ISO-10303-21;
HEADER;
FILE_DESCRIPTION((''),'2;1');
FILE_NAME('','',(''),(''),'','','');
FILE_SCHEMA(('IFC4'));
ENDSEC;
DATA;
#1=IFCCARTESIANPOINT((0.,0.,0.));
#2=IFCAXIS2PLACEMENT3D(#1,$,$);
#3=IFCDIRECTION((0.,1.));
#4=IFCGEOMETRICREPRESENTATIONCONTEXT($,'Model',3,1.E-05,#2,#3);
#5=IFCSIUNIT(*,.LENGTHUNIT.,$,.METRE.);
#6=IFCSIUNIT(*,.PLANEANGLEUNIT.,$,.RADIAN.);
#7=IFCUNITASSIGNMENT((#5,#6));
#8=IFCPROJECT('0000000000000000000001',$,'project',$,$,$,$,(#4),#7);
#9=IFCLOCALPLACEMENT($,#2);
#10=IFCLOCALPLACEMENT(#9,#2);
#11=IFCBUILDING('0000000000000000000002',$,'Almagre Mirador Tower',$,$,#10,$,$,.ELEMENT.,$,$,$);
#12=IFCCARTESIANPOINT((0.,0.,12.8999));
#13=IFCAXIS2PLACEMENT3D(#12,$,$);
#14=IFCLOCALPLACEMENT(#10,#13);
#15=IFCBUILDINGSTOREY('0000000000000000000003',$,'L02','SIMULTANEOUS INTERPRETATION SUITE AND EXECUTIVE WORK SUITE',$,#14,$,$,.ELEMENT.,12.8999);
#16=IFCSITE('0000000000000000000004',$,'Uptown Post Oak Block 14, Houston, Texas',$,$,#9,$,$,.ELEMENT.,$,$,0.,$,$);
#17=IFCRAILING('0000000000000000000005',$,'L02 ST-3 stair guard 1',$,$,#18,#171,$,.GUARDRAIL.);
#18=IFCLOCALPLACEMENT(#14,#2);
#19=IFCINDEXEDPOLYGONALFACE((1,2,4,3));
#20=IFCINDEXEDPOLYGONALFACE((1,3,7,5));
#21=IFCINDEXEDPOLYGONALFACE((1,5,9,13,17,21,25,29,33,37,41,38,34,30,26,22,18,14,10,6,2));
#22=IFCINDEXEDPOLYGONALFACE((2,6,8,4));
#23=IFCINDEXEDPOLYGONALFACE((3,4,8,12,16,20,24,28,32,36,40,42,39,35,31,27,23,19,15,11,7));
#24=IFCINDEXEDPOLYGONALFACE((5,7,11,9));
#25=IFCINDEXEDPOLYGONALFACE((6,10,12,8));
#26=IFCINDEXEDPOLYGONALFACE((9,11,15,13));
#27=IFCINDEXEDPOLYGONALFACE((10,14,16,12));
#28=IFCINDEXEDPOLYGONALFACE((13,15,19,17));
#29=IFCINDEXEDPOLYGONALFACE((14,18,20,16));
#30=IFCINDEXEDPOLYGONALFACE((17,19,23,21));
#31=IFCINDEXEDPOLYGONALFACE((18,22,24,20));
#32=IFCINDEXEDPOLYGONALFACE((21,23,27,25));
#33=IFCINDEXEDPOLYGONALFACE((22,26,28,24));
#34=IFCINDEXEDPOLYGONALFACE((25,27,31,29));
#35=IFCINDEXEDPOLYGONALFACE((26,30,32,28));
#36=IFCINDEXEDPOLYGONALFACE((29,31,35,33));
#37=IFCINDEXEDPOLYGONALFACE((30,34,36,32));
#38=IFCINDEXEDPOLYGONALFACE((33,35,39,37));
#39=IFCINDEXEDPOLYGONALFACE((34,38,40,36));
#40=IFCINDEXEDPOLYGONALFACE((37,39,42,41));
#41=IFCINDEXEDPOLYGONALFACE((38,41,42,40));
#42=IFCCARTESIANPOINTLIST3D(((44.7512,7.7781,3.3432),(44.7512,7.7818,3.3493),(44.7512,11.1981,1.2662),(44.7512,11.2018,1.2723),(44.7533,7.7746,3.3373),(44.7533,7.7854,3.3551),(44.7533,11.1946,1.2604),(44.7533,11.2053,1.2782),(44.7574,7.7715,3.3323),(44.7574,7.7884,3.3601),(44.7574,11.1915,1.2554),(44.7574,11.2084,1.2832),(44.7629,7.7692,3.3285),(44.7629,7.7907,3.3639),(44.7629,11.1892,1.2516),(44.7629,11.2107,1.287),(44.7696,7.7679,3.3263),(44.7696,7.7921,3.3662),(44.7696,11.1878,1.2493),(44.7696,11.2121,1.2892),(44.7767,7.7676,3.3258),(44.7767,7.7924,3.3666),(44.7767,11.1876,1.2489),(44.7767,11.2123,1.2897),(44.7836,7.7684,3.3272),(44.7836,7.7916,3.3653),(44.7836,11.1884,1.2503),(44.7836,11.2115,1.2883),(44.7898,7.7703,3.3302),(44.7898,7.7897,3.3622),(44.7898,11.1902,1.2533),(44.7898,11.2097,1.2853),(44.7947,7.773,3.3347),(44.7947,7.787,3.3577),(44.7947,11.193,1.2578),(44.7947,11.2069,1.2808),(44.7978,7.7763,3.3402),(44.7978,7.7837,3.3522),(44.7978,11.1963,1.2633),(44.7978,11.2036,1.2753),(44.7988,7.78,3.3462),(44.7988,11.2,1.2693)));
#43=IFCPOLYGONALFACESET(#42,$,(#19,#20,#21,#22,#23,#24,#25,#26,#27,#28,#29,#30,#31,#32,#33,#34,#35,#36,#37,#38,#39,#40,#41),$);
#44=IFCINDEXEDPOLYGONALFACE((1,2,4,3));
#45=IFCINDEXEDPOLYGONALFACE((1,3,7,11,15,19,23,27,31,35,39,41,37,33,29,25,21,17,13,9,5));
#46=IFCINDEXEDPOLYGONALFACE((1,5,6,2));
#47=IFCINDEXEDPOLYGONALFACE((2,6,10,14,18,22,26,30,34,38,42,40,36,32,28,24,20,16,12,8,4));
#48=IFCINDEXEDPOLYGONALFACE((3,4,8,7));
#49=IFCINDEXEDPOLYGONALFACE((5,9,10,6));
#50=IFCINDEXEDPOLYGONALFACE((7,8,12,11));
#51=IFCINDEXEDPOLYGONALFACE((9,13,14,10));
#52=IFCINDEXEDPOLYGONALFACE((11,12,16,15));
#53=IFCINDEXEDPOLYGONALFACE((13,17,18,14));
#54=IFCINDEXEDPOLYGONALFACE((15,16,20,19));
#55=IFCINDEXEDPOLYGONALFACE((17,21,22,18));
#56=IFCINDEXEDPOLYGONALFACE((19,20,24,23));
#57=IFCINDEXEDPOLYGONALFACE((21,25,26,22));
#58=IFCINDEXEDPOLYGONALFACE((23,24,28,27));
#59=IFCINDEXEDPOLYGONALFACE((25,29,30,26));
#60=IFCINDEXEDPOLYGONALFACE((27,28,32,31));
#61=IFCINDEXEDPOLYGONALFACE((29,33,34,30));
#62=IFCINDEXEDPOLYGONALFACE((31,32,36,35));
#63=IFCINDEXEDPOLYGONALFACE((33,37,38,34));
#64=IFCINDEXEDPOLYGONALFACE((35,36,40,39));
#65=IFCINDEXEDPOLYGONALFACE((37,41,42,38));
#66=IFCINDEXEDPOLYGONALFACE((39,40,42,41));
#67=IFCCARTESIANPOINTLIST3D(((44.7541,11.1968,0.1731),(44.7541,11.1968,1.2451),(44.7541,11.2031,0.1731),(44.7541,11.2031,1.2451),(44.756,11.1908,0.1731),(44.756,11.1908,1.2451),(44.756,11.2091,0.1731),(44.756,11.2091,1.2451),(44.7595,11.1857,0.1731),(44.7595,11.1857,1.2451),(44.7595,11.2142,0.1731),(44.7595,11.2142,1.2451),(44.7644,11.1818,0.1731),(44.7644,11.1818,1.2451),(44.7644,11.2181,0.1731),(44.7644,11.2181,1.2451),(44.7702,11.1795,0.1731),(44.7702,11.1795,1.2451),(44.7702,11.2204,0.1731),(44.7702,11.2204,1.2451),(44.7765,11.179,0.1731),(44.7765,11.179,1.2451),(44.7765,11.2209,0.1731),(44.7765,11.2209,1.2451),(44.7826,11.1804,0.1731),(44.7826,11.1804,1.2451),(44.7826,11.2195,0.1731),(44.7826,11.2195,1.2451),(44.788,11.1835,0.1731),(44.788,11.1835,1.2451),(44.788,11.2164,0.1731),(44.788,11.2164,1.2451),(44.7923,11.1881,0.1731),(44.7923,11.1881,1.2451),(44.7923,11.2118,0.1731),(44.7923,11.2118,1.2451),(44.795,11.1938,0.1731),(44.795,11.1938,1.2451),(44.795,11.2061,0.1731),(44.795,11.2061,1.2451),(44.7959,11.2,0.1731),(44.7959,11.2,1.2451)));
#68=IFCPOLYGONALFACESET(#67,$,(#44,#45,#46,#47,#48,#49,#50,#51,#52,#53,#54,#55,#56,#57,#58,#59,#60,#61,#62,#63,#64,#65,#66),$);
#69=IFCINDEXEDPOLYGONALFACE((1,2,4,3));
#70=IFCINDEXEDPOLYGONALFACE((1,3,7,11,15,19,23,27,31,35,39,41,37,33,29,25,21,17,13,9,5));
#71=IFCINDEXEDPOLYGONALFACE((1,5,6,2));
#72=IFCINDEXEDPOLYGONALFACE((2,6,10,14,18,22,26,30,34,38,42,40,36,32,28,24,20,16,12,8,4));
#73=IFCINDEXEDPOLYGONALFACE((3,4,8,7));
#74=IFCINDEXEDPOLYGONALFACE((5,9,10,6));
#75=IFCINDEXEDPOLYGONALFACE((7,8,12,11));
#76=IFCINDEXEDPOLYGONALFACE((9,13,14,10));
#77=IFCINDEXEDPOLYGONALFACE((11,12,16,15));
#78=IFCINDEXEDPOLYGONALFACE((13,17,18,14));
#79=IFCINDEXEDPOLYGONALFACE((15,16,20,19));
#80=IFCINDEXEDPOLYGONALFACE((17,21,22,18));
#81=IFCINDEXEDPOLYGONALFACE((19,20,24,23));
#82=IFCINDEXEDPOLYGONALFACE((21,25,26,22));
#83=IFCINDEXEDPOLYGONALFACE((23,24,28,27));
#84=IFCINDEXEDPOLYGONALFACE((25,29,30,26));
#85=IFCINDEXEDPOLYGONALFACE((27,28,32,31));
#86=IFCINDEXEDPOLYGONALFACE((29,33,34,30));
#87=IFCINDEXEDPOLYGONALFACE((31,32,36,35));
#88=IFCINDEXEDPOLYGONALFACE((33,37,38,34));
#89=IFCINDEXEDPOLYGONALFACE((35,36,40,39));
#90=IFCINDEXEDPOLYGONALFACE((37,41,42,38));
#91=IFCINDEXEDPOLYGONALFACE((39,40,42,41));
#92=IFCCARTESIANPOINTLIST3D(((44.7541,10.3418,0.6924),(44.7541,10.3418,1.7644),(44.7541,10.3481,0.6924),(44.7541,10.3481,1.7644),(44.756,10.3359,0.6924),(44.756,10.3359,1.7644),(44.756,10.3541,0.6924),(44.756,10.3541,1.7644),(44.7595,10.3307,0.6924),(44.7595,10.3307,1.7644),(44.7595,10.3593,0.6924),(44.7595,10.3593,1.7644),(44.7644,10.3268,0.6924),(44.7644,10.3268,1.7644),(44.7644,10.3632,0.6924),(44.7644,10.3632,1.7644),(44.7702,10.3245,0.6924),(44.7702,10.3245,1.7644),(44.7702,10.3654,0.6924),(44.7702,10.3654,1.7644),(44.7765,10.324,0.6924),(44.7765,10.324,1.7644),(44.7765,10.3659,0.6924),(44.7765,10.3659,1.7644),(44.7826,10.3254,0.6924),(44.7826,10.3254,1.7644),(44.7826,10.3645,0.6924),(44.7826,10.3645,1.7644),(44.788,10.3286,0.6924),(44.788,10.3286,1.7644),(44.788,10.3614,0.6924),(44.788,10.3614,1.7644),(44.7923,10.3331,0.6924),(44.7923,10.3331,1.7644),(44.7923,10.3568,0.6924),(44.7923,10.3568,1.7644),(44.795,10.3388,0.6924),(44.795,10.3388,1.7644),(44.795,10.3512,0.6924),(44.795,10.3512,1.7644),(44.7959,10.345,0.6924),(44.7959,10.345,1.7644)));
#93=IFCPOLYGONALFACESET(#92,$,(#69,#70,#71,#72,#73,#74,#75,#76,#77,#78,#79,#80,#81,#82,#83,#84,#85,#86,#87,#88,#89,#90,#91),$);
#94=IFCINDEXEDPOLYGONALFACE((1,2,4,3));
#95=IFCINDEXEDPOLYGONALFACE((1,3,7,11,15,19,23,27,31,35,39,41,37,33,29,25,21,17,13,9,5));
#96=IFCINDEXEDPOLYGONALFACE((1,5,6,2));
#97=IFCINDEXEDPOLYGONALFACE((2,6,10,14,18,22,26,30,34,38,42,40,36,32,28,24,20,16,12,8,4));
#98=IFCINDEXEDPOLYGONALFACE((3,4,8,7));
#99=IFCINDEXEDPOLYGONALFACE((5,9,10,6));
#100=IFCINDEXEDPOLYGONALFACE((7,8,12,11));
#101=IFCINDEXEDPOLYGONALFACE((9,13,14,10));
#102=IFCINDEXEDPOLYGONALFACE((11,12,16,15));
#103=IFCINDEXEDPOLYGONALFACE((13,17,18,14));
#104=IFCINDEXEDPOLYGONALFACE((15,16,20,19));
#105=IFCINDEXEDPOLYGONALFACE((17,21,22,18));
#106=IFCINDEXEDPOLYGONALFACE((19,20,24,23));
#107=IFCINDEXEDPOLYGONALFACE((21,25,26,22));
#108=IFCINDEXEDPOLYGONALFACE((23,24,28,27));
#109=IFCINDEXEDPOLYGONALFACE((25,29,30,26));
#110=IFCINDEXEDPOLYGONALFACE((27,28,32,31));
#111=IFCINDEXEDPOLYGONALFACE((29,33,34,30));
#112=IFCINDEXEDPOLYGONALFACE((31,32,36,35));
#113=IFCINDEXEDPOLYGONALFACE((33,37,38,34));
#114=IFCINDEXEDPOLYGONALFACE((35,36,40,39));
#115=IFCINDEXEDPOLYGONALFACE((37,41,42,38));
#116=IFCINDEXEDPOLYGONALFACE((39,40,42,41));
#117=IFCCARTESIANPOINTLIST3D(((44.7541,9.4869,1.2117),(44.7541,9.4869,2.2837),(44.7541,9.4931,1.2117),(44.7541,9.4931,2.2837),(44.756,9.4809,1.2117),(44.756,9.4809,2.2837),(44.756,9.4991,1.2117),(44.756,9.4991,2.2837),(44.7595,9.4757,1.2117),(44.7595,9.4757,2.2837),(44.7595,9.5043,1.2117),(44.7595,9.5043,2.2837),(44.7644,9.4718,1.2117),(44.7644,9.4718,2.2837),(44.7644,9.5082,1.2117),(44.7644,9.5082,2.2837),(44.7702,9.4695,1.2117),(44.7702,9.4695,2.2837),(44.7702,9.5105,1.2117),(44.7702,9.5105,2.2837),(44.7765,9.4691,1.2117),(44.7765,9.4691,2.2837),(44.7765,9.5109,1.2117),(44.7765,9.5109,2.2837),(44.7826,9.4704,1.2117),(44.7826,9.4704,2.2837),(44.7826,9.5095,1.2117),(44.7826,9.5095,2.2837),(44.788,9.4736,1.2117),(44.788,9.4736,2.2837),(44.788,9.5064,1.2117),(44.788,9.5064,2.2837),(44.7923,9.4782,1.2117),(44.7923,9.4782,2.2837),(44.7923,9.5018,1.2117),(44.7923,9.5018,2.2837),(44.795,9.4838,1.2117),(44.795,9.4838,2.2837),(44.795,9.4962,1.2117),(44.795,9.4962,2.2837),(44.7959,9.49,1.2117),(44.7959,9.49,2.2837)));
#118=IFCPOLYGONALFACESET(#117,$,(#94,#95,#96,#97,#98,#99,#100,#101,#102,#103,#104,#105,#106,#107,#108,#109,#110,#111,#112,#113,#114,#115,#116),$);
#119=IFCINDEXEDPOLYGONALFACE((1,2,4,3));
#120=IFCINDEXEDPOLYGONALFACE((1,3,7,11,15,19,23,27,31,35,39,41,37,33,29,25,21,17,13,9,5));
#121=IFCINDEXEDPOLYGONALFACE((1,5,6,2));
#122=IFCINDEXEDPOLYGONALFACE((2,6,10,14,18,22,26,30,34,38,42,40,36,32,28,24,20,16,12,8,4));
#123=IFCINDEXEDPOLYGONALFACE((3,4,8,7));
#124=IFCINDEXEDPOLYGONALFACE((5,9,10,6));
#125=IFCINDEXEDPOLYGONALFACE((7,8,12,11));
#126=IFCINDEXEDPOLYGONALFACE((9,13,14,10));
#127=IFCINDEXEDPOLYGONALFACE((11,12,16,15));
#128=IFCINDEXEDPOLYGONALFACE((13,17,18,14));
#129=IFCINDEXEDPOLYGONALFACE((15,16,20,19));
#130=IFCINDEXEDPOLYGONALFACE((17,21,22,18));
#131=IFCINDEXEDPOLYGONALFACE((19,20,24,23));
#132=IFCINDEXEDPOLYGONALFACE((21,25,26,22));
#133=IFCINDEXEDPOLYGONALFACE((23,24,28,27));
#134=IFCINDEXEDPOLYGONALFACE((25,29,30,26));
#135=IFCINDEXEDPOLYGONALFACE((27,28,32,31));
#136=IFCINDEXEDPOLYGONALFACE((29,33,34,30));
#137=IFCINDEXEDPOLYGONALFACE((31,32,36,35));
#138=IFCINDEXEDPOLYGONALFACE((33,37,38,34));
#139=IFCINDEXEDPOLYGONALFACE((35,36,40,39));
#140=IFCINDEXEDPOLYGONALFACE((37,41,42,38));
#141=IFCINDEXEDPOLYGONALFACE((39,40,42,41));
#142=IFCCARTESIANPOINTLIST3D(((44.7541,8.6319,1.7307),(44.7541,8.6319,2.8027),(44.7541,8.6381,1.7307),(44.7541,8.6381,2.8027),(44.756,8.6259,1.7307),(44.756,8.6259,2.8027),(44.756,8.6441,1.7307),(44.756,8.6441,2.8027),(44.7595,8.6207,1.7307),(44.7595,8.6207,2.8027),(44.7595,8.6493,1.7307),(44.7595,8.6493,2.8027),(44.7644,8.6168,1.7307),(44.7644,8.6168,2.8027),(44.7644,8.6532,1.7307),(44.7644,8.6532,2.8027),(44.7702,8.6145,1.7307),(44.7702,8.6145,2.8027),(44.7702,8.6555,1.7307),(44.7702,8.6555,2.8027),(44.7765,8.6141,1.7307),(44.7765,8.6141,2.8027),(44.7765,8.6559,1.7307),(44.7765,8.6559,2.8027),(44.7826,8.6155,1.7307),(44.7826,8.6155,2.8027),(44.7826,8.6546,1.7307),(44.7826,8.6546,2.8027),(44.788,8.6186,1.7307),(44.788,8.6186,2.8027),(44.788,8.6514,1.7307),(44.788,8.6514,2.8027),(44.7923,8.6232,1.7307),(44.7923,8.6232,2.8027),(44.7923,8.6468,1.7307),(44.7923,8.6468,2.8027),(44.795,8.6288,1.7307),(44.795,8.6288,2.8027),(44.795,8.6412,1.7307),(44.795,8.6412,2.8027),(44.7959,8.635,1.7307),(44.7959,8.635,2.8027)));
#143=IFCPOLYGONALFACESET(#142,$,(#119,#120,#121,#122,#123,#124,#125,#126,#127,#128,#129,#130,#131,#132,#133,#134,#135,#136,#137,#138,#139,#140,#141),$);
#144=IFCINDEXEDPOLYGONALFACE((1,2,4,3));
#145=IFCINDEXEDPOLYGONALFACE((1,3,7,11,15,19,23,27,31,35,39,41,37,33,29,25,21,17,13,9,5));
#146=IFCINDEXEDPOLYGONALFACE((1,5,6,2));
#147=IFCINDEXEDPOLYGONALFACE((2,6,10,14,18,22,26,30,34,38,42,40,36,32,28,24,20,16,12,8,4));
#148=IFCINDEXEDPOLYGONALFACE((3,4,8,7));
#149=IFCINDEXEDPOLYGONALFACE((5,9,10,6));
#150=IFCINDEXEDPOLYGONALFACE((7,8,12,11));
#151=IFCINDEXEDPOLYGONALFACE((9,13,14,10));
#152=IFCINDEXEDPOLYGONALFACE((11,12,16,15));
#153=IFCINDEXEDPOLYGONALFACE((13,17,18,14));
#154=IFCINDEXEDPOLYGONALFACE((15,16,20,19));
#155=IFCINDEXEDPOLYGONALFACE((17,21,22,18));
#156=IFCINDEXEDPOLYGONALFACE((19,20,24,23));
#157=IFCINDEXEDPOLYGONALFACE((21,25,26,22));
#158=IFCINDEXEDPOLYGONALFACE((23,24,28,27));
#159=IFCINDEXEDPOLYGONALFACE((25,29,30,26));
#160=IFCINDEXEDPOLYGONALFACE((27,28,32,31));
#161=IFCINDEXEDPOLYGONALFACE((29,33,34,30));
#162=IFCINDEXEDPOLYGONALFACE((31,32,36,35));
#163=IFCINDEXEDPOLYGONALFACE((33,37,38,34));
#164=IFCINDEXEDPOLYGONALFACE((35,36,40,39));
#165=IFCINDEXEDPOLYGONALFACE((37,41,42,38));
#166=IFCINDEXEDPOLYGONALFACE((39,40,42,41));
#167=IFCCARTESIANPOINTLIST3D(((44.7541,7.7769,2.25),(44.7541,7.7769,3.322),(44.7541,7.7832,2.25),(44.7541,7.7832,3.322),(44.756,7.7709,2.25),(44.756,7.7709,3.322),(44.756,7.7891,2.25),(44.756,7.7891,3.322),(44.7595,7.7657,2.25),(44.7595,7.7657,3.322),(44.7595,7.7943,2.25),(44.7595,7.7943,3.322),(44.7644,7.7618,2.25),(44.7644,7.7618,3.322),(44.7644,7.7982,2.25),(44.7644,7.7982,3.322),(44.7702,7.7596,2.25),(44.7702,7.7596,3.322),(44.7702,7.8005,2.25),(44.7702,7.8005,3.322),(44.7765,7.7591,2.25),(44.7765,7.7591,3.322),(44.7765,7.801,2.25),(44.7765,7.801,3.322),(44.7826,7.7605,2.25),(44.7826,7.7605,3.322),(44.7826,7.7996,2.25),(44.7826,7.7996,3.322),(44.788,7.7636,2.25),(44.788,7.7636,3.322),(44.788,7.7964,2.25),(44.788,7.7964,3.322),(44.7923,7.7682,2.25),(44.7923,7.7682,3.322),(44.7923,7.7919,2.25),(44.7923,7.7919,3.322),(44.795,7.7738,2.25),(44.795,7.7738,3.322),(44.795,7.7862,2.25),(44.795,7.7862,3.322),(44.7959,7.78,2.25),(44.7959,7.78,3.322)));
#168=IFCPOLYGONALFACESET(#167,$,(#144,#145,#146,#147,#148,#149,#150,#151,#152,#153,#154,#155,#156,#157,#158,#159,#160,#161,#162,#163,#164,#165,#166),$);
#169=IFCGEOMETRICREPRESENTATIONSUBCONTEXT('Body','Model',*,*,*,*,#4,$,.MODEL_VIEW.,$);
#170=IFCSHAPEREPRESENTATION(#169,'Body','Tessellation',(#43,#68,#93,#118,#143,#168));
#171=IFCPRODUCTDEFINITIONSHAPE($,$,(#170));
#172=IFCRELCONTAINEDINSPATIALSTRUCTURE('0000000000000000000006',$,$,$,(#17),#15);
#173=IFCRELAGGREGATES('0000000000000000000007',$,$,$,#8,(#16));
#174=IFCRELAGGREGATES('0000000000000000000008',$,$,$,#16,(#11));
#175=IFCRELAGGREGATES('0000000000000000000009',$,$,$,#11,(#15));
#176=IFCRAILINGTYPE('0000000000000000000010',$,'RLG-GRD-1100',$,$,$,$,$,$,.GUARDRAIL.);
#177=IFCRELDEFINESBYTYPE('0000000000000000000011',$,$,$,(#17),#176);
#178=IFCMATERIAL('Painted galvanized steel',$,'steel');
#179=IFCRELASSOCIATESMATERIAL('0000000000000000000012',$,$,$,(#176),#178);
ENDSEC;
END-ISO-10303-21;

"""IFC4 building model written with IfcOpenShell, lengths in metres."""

from ifc_helpers import new_model, si_unit, direction, frame, origin, origin_2d, place, context, subcontext, project, spatial, circle, extrude, material, type_object, element, save


model = new_model("IFC4")

# Units and contexts
model_context = context("Model", 3, precision=1e-05, world=origin(), true_north=direction((0.0, 1.0)))
body_context = subcontext(model_context, "Body", "Model", "MODEL_VIEW")
ifc_project = project(units=[si_unit("LENGTHUNIT", "METRE"), si_unit("PLANEANGLEUNIT", "RADIAN")], contexts=[model_context])

# Site, building, storey
site_placement = place(None, origin())
site = spatial("IfcSite", under=ifc_project, at=site_placement, Name="Uptown Post Oak Block 14, Houston, Texas", CompositionType="ELEMENT", RefElevation=0.0)
building_placement = place(site_placement, origin())
building = spatial("IfcBuilding", under=site, at=building_placement, Name="Almagre Mirador Tower", CompositionType="ELEMENT")
storey_placement = place(building_placement, frame((0.0, 0.0, 12.8999)))
storey = spatial("IfcBuildingStorey", under=building, at=storey_placement, Name="L02", Description="SIMULTANEOUS INTERPRETATION SUITE AND EXECUTIVE WORK SUITE", CompositionType="ELEMENT", Elevation=12.8999)

# Railing
ifc_material_1 = material(Name="Painted galvanized steel", Category="steel")
railing_type_1 = type_object("IfcRailingType", Name="RLG-GRD-1100", PredefinedType="GUARDRAIL", material=ifc_material_1)
railing_1_placement = place(storey_placement, frame((44.7749, 11.2, 0.1731)))
element("IfcRailing", 1, at=railing_1_placement, inside=storey, type_object=railing_type_1, Name="L02 ST-3 stair guard 1", PredefinedType="GUARDRAIL", context=body_context, shape_type="SweptSolid", body=[
    extrude(circle(Radius=0.0239, at=origin_2d()), frame((0.0, 0.0, 1.0962), z_axis=(0.0, -0.85473, 0.519074), x_axis=(1.0, 0.0, 0.0)), (0.0, 0.0, 1.0), 4.0012),
    extrude(circle(Radius=0.021, at=origin_2d()), origin(), (0.0, 0.0, 1.0), 1.072),
    extrude(circle(Radius=0.021, at=origin_2d()), frame((0.0, -0.855, 0.5193)), (0.0, 0.0, 1.0), 1.072),
    extrude(circle(Radius=0.021, at=origin_2d()), frame((0.0, -1.71, 1.0386)), (0.0, 0.0, 1.0), 1.072),
    extrude(circle(Radius=0.021, at=origin_2d()), frame((0.0, -2.5649, 1.5576)), (0.0, 0.0, 1.0), 1.072),
    extrude(circle(Radius=0.021, at=origin_2d()), frame((0.0, -3.4199, 2.0769)), (0.0, 0.0, 1.0), 1.072),
])

save(model, "model.ifc")
